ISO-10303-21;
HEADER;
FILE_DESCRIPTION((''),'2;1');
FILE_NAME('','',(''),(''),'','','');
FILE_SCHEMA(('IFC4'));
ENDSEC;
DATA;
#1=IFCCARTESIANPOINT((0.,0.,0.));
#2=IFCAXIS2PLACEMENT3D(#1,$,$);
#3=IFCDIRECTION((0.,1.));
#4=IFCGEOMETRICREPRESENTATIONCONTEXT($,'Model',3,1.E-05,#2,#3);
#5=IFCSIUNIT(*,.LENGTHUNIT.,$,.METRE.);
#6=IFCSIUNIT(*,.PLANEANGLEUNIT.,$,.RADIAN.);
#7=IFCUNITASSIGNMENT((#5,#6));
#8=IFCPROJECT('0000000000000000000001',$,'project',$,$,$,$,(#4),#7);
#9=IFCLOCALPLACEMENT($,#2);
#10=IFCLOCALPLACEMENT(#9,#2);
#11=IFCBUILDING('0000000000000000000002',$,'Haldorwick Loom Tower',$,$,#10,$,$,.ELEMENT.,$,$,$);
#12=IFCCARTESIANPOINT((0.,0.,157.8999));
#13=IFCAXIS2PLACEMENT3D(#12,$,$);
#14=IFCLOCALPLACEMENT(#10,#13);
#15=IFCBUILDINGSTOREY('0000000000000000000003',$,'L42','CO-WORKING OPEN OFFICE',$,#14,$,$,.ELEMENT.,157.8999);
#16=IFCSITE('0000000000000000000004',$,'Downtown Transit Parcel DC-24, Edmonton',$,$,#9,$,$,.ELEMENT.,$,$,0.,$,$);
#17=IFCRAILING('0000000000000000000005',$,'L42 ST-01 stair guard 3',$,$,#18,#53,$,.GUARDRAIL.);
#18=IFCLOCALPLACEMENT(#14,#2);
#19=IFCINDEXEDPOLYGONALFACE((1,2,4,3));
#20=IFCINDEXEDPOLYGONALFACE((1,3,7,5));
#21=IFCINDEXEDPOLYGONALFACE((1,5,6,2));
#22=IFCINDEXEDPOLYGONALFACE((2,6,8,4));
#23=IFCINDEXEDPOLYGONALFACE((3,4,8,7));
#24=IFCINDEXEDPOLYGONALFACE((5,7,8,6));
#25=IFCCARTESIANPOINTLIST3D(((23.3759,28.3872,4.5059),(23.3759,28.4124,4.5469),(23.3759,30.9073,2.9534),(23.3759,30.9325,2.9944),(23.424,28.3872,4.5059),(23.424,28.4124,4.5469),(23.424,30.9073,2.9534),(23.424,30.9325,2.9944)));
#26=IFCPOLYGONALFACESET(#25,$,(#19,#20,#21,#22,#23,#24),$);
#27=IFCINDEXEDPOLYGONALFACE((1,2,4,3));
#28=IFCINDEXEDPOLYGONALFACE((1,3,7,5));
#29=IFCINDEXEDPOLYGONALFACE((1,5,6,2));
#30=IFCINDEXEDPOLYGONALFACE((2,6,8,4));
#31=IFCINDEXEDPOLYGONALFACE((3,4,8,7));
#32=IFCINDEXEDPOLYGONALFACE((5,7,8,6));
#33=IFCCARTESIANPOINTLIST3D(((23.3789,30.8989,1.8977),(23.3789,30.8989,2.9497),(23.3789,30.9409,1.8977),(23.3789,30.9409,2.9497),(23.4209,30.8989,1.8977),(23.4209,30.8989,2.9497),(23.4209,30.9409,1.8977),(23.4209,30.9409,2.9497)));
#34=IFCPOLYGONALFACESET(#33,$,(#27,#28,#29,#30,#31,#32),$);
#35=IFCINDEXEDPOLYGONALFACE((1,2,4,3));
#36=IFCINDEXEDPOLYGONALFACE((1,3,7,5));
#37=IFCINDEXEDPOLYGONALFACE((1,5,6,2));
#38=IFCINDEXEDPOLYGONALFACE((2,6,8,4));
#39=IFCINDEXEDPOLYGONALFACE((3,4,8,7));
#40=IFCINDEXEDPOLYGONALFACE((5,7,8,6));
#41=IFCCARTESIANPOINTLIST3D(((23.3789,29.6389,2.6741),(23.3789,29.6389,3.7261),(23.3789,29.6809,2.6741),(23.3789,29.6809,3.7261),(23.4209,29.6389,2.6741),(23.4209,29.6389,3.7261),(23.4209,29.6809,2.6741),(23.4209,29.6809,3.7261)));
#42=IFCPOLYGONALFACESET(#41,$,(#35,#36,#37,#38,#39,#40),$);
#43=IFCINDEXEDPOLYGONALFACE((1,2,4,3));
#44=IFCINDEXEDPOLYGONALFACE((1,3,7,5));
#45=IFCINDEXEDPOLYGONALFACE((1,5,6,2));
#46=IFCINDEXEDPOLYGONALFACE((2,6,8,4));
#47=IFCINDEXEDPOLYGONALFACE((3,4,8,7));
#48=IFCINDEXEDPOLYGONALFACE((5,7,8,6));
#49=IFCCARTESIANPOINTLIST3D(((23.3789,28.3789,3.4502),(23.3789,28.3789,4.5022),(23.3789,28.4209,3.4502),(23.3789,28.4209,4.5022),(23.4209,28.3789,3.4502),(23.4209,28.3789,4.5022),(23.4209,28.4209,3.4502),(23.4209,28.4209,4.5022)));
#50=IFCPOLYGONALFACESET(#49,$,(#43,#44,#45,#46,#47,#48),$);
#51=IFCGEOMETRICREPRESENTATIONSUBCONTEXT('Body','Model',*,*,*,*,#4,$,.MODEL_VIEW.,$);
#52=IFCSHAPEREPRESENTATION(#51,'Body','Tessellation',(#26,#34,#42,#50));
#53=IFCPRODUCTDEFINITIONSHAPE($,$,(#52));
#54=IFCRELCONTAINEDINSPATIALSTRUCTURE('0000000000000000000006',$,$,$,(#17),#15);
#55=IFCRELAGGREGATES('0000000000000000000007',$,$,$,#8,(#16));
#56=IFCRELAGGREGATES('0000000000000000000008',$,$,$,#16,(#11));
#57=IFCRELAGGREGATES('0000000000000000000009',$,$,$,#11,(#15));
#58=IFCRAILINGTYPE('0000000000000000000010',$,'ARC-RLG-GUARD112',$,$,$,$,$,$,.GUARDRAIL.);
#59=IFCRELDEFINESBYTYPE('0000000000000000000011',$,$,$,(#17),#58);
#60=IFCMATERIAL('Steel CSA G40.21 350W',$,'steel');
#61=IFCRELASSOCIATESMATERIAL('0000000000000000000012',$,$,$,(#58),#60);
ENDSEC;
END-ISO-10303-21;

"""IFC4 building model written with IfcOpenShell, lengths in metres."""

from ifc_helpers import new_model, si_unit, direction, frame, origin, origin_2d, place, context, subcontext, project, spatial, rectangle, extrude, material, type_object, element, save


model = new_model("IFC4")

# Units and contexts
model_context = context("Model", 3, precision=1e-05, world=origin(), true_north=direction((0.0, 1.0)))
body_context = subcontext(model_context, "Body", "Model", "MODEL_VIEW")
ifc_project = project(units=[si_unit("LENGTHUNIT", "METRE"), si_unit("PLANEANGLEUNIT", "RADIAN")], contexts=[model_context])

# Site, building, storey
site_placement = place(None, origin())
site = spatial("IfcSite", under=ifc_project, at=site_placement, Name="Downtown Transit Parcel DC-24, Edmonton", CompositionType="ELEMENT", RefElevation=0.0)
building_placement = place(site_placement, origin())
building = spatial("IfcBuilding", under=site, at=building_placement, Name="Haldorwick Loom Tower", CompositionType="ELEMENT")
storey_placement = place(building_placement, frame((0.0, 0.0, 157.8999)))
storey = spatial("IfcBuildingStorey", under=building, at=storey_placement, Name="L42", Description="CO-WORKING OPEN OFFICE", CompositionType="ELEMENT", Elevation=157.8999)

# Shared definitions
ifc_material_1 = material(Name="Steel CSA G40.21 350W", Category="steel")

# Railing
railing_type = type_object("IfcRailingType", Name="ARC-RLG-GUARD112", PredefinedType="GUARDRAIL", material=ifc_material_1)
railing_1_placement = place(storey_placement, frame((23.3999, 30.9199, 1.8977)))
element("IfcRailing", 1, at=railing_1_placement, inside=storey, type_object=railing_type, Name="L42 ST-01 stair guard 3", PredefinedType="GUARDRAIL", context=body_context, shape_type="SweptSolid", body=[
    extrude(rectangle(XDim=0.0481, YDim=0.0481, at=origin_2d()), frame((0.0, 0.0, 1.0762), z_axis=(0.0, -0.8514, 0.524516), x_axis=(1.0, 0.0, 0.0)), (0.0, 0.0, 1.0), 2.96),
    extrude(rectangle(XDim=0.042, YDim=0.042, at=origin_2d()), origin(), (0.0, 0.0, 1.0), 1.052),
    extrude(rectangle(XDim=0.042, YDim=0.042, at=origin_2d()), frame((0.0, -1.26, 0.7764)), (0.0, 0.0, 1.0), 1.052),
    extrude(rectangle(XDim=0.042, YDim=0.042, at=origin_2d()), frame((0.0, -2.52, 1.5525)), (0.0, 0.0, 1.0), 1.052),
])

save(model, "model.ifc")
